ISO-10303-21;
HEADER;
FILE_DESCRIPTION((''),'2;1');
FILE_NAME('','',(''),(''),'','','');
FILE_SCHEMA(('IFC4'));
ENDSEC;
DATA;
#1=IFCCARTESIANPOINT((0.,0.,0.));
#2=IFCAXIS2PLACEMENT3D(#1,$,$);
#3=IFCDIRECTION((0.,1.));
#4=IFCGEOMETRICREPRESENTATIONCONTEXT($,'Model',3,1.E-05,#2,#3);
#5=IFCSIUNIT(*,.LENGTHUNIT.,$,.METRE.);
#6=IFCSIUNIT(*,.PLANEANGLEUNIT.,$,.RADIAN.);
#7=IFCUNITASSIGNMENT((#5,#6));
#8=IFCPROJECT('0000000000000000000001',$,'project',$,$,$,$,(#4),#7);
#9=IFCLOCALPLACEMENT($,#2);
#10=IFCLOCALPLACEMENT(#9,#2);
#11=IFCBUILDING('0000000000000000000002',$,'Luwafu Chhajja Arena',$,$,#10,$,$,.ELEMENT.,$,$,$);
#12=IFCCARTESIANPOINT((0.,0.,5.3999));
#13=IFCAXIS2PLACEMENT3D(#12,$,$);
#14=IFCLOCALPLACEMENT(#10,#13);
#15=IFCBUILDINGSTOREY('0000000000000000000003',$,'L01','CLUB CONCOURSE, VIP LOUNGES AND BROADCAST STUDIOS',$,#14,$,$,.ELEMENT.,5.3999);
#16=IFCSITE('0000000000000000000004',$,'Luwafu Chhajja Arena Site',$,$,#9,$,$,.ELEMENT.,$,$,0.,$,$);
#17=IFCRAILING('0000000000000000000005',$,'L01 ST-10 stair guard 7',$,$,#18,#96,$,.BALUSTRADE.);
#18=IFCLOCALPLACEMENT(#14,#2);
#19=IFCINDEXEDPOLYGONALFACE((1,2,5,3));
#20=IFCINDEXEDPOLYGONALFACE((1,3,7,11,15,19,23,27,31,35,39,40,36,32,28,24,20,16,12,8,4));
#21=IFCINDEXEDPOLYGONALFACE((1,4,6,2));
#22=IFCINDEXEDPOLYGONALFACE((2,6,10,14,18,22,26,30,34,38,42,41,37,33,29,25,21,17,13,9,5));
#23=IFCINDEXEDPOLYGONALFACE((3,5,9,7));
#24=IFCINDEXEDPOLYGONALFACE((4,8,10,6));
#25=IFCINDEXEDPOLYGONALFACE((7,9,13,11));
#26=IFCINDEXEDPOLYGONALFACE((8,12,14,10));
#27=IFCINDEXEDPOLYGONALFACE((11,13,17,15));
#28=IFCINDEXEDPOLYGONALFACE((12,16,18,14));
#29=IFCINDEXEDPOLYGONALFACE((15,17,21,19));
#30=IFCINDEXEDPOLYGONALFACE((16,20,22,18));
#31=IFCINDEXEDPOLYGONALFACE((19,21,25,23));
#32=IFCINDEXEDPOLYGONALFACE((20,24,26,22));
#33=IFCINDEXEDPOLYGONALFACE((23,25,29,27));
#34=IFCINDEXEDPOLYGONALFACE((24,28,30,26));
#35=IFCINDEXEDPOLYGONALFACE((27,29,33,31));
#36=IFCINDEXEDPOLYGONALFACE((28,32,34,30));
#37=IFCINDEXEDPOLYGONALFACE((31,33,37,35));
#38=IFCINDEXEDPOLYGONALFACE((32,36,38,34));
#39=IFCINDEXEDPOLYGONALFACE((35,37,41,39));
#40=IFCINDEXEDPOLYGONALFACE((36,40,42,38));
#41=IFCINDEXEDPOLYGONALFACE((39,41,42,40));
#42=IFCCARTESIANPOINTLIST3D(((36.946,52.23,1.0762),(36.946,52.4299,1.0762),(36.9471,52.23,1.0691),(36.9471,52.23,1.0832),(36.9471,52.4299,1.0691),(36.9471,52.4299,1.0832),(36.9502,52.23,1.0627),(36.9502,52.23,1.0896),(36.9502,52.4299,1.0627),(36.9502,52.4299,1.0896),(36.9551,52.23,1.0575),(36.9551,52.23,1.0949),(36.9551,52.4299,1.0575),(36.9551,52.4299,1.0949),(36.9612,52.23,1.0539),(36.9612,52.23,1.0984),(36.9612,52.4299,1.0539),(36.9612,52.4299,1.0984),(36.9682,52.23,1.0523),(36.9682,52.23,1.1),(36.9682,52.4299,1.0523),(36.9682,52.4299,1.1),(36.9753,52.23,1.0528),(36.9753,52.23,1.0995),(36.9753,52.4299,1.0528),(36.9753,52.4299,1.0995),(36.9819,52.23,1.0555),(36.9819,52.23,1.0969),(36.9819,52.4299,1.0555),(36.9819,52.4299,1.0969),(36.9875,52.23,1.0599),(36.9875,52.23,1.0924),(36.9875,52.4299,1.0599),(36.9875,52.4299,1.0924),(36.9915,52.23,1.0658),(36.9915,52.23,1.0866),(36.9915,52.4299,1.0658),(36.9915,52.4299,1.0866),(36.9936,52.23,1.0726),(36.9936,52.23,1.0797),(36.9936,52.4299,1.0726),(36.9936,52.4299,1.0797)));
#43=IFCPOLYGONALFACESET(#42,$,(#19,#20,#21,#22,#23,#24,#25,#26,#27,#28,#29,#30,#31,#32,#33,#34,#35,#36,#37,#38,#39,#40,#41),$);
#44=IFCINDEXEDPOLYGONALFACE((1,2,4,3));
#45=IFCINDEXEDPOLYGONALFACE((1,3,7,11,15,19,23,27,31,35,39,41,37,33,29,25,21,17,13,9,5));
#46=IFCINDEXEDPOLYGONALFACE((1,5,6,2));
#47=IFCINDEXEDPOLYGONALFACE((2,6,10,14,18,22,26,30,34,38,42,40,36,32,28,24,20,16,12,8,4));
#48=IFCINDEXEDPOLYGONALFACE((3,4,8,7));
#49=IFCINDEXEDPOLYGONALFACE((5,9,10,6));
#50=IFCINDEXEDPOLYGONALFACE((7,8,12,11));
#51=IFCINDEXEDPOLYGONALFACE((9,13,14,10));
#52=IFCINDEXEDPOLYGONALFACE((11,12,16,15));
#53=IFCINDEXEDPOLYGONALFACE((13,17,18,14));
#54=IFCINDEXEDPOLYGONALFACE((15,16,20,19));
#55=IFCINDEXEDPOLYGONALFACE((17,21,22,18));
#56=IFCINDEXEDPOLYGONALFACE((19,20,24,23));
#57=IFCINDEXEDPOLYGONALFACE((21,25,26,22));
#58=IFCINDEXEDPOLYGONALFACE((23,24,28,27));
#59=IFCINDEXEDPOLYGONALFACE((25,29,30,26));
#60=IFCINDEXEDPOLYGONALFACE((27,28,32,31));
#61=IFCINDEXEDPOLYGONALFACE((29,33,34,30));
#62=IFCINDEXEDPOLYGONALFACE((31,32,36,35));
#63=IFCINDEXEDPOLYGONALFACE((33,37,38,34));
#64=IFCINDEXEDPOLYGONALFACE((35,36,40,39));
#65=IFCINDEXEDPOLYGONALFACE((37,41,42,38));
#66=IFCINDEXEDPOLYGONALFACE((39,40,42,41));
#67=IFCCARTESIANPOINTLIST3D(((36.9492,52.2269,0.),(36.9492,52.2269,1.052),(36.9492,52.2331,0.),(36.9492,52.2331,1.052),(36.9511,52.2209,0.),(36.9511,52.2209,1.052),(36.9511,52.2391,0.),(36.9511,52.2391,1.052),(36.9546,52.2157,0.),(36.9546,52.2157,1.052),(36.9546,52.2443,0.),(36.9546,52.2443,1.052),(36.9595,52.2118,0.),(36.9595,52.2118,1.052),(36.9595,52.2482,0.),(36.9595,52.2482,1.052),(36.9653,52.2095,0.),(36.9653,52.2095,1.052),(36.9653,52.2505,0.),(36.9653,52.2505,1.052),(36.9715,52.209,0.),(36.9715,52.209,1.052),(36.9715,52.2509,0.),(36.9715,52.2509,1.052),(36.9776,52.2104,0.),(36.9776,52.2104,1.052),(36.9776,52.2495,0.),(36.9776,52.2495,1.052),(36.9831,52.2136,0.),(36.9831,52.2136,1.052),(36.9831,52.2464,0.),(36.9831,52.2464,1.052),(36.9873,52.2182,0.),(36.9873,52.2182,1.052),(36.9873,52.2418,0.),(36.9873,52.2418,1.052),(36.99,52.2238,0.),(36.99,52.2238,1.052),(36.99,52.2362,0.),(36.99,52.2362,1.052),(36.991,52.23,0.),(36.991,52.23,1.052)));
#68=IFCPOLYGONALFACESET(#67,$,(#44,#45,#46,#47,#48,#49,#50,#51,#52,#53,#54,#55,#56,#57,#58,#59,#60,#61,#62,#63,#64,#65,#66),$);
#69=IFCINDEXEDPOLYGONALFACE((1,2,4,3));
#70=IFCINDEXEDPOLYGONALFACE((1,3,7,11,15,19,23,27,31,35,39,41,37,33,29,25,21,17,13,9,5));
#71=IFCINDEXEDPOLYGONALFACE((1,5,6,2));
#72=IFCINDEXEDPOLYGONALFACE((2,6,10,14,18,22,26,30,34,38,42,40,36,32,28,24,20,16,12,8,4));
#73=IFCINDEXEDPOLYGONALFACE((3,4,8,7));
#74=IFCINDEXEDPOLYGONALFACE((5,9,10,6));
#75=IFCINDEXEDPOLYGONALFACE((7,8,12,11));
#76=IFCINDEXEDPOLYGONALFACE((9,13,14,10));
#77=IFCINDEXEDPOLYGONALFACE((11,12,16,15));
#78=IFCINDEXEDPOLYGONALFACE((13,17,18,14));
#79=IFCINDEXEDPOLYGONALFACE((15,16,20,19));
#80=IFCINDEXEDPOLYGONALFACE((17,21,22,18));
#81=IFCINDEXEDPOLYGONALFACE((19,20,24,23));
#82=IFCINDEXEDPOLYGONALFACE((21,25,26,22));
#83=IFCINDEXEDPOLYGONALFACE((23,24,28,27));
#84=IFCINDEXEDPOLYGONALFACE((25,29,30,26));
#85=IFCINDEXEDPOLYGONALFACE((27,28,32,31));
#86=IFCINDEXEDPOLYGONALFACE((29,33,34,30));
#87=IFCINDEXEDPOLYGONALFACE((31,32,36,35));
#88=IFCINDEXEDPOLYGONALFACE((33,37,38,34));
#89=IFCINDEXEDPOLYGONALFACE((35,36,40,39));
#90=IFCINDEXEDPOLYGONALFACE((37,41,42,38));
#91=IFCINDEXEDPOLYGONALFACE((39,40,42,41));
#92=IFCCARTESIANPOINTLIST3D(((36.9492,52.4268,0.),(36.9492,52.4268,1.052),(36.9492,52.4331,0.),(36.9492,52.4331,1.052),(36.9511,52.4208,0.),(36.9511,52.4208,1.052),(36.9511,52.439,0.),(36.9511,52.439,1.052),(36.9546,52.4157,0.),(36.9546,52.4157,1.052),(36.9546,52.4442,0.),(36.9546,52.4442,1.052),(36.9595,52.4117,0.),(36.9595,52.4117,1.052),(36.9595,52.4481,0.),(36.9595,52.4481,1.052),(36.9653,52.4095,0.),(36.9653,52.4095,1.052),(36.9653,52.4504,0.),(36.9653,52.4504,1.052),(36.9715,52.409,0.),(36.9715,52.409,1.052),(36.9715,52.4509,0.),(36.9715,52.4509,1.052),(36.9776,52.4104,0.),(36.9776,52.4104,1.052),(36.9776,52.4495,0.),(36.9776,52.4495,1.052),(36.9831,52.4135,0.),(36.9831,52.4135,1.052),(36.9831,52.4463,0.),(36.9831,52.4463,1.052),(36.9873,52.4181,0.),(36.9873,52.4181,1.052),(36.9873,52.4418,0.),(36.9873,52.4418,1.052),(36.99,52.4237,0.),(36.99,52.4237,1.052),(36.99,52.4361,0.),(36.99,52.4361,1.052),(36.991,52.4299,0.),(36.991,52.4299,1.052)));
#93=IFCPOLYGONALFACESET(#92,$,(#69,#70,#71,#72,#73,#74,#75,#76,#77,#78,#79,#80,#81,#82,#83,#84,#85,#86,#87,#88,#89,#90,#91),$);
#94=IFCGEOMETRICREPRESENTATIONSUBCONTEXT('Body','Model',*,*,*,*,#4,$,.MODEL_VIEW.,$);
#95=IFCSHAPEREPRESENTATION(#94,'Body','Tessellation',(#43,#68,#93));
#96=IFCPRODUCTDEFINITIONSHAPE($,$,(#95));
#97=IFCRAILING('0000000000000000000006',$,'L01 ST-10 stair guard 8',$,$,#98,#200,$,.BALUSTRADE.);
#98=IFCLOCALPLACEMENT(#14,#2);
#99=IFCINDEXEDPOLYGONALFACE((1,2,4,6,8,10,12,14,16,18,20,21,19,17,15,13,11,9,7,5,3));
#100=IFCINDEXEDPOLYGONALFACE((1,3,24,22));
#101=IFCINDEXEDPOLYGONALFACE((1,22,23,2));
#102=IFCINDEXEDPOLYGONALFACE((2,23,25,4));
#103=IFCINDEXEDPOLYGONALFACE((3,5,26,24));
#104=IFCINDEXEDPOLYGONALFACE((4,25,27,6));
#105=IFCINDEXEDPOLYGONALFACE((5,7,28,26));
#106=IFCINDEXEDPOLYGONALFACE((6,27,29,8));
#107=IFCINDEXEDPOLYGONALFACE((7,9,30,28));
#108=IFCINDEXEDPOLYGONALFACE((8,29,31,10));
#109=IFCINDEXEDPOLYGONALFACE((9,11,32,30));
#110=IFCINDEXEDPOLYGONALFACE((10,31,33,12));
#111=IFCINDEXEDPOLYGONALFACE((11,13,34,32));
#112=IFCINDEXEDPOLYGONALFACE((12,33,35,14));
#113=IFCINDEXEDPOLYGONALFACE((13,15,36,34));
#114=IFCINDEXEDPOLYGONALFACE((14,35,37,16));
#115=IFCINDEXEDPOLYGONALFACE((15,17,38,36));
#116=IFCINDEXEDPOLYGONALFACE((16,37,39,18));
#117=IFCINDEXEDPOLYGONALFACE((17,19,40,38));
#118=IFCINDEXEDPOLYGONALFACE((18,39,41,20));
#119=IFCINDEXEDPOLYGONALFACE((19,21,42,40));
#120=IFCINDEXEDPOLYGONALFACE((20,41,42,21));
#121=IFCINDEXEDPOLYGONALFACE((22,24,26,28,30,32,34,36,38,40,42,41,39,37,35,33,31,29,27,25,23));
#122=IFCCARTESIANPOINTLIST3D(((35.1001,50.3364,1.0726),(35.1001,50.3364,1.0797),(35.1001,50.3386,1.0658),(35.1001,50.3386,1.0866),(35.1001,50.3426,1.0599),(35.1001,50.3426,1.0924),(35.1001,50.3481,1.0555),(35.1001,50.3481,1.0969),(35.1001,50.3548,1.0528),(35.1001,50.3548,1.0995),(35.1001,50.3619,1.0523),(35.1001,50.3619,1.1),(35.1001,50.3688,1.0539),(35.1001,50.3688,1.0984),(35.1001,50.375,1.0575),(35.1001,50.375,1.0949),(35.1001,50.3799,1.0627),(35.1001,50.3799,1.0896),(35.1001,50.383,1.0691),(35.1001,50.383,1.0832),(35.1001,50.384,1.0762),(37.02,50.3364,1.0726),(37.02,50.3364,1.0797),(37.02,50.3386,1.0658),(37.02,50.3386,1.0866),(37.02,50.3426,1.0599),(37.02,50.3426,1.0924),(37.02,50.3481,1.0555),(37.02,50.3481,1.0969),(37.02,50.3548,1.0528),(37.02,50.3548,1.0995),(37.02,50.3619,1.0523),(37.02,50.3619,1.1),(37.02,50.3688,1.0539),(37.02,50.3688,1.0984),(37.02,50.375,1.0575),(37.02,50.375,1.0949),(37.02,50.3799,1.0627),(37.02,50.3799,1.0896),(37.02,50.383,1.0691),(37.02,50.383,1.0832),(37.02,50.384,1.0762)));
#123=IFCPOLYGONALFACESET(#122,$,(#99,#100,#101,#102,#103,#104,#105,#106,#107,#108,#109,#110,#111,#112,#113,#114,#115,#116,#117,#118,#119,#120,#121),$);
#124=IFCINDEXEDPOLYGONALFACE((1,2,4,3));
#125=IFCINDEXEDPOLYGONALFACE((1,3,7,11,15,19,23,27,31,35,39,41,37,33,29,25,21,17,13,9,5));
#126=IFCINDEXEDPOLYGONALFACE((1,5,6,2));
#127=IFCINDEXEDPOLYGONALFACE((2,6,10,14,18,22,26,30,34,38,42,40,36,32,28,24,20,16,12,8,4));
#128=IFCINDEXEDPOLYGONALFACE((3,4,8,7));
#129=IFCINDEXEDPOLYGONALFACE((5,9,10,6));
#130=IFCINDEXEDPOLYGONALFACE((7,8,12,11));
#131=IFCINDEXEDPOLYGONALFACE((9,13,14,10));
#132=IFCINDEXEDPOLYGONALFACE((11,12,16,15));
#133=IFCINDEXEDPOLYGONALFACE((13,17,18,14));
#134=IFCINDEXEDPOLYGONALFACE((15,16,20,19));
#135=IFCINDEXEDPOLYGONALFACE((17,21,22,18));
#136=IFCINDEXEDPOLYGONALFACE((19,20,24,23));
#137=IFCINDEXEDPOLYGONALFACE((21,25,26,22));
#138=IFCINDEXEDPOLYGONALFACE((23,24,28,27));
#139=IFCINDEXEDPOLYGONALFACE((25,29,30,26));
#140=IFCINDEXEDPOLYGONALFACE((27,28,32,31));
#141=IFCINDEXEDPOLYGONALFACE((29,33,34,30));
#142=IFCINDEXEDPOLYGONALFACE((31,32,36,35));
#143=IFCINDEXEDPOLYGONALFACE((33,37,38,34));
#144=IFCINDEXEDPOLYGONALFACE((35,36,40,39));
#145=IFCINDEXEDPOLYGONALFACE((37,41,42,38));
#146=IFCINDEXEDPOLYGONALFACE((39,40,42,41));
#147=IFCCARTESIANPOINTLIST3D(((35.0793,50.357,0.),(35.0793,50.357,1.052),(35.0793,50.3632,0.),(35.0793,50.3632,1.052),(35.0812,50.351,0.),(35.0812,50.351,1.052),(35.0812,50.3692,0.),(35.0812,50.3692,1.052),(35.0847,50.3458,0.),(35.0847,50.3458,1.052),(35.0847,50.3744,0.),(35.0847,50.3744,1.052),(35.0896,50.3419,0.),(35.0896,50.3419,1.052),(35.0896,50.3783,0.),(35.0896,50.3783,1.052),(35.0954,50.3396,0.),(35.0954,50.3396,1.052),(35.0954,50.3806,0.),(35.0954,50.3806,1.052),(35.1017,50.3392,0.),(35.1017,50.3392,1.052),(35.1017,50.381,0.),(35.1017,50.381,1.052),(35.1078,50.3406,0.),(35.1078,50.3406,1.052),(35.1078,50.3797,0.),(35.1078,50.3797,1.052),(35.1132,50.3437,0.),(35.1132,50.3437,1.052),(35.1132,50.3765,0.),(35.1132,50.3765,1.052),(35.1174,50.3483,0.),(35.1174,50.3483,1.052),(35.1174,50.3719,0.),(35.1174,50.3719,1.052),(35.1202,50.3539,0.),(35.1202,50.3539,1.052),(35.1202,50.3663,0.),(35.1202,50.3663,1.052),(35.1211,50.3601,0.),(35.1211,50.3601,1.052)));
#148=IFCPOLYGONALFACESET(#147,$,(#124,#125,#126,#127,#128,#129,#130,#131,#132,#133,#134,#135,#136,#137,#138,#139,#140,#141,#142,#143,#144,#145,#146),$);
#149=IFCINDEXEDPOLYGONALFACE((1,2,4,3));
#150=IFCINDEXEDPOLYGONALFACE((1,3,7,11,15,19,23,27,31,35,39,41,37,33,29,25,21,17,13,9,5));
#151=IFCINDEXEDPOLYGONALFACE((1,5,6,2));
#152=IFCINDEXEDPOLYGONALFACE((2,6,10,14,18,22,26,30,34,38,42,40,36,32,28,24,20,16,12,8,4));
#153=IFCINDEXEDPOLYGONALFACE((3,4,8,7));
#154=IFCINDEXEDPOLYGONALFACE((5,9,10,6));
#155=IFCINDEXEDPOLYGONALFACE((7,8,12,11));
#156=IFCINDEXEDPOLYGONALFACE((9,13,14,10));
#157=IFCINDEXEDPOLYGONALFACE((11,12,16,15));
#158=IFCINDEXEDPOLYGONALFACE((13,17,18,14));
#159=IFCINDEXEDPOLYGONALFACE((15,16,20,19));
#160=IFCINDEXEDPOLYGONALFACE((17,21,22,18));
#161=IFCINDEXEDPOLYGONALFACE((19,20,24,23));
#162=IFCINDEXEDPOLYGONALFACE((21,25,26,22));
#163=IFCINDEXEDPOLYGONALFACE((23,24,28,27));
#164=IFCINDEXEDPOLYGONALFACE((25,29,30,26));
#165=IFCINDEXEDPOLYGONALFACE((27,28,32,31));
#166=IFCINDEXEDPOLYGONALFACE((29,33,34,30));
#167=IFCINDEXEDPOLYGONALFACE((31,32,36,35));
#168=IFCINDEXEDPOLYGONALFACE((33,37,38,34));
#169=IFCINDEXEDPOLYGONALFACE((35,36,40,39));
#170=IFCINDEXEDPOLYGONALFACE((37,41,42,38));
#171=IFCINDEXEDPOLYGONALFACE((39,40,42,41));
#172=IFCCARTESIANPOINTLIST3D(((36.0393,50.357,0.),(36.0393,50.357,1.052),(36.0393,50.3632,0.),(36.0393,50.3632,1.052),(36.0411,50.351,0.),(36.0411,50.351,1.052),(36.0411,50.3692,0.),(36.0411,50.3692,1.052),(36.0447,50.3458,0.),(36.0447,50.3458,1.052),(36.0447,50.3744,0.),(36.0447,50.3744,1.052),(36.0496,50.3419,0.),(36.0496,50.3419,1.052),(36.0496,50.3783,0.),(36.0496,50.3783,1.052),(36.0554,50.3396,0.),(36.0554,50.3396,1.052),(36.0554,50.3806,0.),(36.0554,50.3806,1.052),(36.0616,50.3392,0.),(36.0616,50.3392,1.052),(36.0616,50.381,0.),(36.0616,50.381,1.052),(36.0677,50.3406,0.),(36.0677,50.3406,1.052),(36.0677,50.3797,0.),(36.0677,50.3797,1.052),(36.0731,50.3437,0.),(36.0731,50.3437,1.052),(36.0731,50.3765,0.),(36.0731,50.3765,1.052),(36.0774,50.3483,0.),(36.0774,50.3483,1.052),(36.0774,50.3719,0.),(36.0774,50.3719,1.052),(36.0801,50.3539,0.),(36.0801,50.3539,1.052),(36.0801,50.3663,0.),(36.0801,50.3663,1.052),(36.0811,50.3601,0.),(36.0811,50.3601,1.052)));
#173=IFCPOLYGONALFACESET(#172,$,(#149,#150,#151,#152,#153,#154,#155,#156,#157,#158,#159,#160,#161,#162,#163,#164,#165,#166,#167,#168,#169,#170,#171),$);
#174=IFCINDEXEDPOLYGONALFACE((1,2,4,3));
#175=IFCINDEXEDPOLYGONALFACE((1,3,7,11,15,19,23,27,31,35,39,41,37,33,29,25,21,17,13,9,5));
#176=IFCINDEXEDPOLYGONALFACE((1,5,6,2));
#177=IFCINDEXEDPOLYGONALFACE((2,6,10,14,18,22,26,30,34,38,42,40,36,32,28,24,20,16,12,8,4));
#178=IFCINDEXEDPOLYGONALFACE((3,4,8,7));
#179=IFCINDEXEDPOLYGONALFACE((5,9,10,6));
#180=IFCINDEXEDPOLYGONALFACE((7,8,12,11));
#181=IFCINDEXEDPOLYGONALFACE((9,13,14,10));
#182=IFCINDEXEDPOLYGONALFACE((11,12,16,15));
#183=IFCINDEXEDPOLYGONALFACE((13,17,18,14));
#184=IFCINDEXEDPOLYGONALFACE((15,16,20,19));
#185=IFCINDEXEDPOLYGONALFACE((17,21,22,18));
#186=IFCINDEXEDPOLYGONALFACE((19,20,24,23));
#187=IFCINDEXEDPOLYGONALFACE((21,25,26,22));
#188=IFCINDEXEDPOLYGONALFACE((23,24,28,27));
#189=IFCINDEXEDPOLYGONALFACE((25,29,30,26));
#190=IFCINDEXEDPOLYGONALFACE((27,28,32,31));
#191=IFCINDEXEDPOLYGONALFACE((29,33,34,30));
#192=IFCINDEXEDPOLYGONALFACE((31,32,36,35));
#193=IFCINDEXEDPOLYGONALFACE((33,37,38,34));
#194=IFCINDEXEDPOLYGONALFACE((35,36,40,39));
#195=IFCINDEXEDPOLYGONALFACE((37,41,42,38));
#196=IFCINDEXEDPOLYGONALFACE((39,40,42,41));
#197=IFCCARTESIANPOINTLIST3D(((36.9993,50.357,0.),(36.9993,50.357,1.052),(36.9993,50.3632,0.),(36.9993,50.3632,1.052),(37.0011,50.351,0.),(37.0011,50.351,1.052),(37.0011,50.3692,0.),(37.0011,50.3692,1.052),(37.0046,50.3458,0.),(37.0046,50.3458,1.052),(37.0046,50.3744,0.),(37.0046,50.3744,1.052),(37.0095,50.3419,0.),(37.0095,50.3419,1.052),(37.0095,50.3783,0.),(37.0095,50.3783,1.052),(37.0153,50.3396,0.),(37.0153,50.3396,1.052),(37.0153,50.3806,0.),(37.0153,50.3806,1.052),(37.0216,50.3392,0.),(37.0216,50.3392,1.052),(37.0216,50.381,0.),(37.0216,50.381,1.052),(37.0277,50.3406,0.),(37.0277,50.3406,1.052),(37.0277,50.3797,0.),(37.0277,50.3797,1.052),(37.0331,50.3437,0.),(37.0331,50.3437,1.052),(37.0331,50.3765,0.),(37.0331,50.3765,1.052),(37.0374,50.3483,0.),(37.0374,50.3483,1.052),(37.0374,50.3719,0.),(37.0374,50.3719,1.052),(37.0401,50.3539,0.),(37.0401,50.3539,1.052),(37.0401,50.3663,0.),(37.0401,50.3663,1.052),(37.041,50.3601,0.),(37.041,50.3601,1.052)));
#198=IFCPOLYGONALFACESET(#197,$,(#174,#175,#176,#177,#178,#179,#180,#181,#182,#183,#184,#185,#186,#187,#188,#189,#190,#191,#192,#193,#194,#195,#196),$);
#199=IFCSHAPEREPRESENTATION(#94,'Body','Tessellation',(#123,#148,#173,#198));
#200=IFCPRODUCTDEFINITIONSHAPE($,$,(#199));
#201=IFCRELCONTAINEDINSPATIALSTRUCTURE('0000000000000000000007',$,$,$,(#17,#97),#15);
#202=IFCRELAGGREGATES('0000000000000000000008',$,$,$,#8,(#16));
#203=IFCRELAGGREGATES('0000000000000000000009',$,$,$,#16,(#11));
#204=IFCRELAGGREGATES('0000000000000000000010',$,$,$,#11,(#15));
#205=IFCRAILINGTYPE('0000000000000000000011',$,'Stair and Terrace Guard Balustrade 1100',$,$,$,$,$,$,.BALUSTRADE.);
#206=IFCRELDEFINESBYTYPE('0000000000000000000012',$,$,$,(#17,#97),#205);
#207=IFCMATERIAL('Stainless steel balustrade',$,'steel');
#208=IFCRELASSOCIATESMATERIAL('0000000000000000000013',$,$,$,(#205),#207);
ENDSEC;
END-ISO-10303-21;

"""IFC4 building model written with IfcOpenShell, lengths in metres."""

from ifc_helpers import new_model, si_unit, direction, frame, origin, origin_2d, place, context, subcontext, project, spatial, circle, extrude, material, type_object, element, save


model = new_model("IFC4")

# Units and contexts
model_context = context("Model", 3, precision=1e-05, world=origin(), true_north=direction((0.0, 1.0)))
body_context = subcontext(model_context, "Body", "Model", "MODEL_VIEW")
ifc_project = project(units=[si_unit("LENGTHUNIT", "METRE"), si_unit("PLANEANGLEUNIT", "RADIAN")], contexts=[model_context])

# Site, building, storey
site_placement = place(None, origin())
site = spatial("IfcSite", under=ifc_project, at=site_placement, Name="Luwafu Chhajja Arena Site", CompositionType="ELEMENT", RefElevation=0.0)
building_placement = place(site_placement, origin())
building = spatial("IfcBuilding", under=site, at=building_placement, Name="Luwafu Chhajja Arena", CompositionType="ELEMENT")
storey_placement = place(building_placement, frame((0.0, 0.0, 5.3999)))
storey = spatial("IfcBuildingStorey", under=building, at=storey_placement, Name="L01", Description="CLUB CONCOURSE, VIP LOUNGES AND BROADCAST STUDIOS", CompositionType="ELEMENT", Elevation=5.3999)

# Railings
ifc_material_1 = material(Name="Stainless steel balustrade", Category="steel")
railing_type_1 = type_object("IfcRailingType", Name="Stair and Terrace Guard Balustrade 1100", PredefinedType="BALUSTRADE", material=ifc_material_1)
railing_1_placement = place(storey_placement, frame((36.97, 52.23, 0.0)))
element("IfcRailing", 1, at=railing_1_placement, inside=storey, type_object=railing_type_1, Name="L01 ST-10 stair guard 7", PredefinedType="BALUSTRADE", context=body_context, shape_type="SweptSolid", body=[
    extrude(circle(Radius=0.0239, at=origin_2d()), frame((0.0, 0.0, 1.0762), z_axis=(0.0, 1.0, 0.0), x_axis=(-1.0, 0.0, 0.0)), (0.0, 0.0, 1.0), 0.2),
    extrude(circle(Radius=0.021, at=origin_2d()), origin(), (0.0, 0.0, 1.0), 1.052),
    extrude(circle(Radius=0.021, at=origin_2d()), frame((0.0, 0.2, 0.0)), (0.0, 0.0, 1.0), 1.052),
])
for number, where, name in (
    (2, (35.1001, 50.3601, 0.0), "L01 ST-10 stair guard 8"),
):
    element("IfcRailing", number, at=place(storey_placement, frame(where)), inside=storey, type_object=railing_type_1, Name=name, PredefinedType="BALUSTRADE", context=body_context, shape_type="SweptSolid", body=[
        extrude(circle(Radius=0.0239, at=origin_2d()), frame((0.0, 0.0, 1.0762), z_axis=(1.0, 0.0, 0.0), x_axis=(0.0, 1.0, 0.0)), (0.0, 0.0, 1.0), 1.9199),
        extrude(circle(Radius=0.021, at=origin_2d()), origin(), (0.0, 0.0, 1.0), 1.052),
        extrude(circle(Radius=0.021, at=origin_2d()), frame((0.96, 0.0, 0.0)), (0.0, 0.0, 1.0), 1.052),
        extrude(circle(Radius=0.021, at=origin_2d()), frame((1.9199, 0.0, 0.0)), (0.0, 0.0, 1.0), 1.052),
    ])

save(model, "model.ifc")
